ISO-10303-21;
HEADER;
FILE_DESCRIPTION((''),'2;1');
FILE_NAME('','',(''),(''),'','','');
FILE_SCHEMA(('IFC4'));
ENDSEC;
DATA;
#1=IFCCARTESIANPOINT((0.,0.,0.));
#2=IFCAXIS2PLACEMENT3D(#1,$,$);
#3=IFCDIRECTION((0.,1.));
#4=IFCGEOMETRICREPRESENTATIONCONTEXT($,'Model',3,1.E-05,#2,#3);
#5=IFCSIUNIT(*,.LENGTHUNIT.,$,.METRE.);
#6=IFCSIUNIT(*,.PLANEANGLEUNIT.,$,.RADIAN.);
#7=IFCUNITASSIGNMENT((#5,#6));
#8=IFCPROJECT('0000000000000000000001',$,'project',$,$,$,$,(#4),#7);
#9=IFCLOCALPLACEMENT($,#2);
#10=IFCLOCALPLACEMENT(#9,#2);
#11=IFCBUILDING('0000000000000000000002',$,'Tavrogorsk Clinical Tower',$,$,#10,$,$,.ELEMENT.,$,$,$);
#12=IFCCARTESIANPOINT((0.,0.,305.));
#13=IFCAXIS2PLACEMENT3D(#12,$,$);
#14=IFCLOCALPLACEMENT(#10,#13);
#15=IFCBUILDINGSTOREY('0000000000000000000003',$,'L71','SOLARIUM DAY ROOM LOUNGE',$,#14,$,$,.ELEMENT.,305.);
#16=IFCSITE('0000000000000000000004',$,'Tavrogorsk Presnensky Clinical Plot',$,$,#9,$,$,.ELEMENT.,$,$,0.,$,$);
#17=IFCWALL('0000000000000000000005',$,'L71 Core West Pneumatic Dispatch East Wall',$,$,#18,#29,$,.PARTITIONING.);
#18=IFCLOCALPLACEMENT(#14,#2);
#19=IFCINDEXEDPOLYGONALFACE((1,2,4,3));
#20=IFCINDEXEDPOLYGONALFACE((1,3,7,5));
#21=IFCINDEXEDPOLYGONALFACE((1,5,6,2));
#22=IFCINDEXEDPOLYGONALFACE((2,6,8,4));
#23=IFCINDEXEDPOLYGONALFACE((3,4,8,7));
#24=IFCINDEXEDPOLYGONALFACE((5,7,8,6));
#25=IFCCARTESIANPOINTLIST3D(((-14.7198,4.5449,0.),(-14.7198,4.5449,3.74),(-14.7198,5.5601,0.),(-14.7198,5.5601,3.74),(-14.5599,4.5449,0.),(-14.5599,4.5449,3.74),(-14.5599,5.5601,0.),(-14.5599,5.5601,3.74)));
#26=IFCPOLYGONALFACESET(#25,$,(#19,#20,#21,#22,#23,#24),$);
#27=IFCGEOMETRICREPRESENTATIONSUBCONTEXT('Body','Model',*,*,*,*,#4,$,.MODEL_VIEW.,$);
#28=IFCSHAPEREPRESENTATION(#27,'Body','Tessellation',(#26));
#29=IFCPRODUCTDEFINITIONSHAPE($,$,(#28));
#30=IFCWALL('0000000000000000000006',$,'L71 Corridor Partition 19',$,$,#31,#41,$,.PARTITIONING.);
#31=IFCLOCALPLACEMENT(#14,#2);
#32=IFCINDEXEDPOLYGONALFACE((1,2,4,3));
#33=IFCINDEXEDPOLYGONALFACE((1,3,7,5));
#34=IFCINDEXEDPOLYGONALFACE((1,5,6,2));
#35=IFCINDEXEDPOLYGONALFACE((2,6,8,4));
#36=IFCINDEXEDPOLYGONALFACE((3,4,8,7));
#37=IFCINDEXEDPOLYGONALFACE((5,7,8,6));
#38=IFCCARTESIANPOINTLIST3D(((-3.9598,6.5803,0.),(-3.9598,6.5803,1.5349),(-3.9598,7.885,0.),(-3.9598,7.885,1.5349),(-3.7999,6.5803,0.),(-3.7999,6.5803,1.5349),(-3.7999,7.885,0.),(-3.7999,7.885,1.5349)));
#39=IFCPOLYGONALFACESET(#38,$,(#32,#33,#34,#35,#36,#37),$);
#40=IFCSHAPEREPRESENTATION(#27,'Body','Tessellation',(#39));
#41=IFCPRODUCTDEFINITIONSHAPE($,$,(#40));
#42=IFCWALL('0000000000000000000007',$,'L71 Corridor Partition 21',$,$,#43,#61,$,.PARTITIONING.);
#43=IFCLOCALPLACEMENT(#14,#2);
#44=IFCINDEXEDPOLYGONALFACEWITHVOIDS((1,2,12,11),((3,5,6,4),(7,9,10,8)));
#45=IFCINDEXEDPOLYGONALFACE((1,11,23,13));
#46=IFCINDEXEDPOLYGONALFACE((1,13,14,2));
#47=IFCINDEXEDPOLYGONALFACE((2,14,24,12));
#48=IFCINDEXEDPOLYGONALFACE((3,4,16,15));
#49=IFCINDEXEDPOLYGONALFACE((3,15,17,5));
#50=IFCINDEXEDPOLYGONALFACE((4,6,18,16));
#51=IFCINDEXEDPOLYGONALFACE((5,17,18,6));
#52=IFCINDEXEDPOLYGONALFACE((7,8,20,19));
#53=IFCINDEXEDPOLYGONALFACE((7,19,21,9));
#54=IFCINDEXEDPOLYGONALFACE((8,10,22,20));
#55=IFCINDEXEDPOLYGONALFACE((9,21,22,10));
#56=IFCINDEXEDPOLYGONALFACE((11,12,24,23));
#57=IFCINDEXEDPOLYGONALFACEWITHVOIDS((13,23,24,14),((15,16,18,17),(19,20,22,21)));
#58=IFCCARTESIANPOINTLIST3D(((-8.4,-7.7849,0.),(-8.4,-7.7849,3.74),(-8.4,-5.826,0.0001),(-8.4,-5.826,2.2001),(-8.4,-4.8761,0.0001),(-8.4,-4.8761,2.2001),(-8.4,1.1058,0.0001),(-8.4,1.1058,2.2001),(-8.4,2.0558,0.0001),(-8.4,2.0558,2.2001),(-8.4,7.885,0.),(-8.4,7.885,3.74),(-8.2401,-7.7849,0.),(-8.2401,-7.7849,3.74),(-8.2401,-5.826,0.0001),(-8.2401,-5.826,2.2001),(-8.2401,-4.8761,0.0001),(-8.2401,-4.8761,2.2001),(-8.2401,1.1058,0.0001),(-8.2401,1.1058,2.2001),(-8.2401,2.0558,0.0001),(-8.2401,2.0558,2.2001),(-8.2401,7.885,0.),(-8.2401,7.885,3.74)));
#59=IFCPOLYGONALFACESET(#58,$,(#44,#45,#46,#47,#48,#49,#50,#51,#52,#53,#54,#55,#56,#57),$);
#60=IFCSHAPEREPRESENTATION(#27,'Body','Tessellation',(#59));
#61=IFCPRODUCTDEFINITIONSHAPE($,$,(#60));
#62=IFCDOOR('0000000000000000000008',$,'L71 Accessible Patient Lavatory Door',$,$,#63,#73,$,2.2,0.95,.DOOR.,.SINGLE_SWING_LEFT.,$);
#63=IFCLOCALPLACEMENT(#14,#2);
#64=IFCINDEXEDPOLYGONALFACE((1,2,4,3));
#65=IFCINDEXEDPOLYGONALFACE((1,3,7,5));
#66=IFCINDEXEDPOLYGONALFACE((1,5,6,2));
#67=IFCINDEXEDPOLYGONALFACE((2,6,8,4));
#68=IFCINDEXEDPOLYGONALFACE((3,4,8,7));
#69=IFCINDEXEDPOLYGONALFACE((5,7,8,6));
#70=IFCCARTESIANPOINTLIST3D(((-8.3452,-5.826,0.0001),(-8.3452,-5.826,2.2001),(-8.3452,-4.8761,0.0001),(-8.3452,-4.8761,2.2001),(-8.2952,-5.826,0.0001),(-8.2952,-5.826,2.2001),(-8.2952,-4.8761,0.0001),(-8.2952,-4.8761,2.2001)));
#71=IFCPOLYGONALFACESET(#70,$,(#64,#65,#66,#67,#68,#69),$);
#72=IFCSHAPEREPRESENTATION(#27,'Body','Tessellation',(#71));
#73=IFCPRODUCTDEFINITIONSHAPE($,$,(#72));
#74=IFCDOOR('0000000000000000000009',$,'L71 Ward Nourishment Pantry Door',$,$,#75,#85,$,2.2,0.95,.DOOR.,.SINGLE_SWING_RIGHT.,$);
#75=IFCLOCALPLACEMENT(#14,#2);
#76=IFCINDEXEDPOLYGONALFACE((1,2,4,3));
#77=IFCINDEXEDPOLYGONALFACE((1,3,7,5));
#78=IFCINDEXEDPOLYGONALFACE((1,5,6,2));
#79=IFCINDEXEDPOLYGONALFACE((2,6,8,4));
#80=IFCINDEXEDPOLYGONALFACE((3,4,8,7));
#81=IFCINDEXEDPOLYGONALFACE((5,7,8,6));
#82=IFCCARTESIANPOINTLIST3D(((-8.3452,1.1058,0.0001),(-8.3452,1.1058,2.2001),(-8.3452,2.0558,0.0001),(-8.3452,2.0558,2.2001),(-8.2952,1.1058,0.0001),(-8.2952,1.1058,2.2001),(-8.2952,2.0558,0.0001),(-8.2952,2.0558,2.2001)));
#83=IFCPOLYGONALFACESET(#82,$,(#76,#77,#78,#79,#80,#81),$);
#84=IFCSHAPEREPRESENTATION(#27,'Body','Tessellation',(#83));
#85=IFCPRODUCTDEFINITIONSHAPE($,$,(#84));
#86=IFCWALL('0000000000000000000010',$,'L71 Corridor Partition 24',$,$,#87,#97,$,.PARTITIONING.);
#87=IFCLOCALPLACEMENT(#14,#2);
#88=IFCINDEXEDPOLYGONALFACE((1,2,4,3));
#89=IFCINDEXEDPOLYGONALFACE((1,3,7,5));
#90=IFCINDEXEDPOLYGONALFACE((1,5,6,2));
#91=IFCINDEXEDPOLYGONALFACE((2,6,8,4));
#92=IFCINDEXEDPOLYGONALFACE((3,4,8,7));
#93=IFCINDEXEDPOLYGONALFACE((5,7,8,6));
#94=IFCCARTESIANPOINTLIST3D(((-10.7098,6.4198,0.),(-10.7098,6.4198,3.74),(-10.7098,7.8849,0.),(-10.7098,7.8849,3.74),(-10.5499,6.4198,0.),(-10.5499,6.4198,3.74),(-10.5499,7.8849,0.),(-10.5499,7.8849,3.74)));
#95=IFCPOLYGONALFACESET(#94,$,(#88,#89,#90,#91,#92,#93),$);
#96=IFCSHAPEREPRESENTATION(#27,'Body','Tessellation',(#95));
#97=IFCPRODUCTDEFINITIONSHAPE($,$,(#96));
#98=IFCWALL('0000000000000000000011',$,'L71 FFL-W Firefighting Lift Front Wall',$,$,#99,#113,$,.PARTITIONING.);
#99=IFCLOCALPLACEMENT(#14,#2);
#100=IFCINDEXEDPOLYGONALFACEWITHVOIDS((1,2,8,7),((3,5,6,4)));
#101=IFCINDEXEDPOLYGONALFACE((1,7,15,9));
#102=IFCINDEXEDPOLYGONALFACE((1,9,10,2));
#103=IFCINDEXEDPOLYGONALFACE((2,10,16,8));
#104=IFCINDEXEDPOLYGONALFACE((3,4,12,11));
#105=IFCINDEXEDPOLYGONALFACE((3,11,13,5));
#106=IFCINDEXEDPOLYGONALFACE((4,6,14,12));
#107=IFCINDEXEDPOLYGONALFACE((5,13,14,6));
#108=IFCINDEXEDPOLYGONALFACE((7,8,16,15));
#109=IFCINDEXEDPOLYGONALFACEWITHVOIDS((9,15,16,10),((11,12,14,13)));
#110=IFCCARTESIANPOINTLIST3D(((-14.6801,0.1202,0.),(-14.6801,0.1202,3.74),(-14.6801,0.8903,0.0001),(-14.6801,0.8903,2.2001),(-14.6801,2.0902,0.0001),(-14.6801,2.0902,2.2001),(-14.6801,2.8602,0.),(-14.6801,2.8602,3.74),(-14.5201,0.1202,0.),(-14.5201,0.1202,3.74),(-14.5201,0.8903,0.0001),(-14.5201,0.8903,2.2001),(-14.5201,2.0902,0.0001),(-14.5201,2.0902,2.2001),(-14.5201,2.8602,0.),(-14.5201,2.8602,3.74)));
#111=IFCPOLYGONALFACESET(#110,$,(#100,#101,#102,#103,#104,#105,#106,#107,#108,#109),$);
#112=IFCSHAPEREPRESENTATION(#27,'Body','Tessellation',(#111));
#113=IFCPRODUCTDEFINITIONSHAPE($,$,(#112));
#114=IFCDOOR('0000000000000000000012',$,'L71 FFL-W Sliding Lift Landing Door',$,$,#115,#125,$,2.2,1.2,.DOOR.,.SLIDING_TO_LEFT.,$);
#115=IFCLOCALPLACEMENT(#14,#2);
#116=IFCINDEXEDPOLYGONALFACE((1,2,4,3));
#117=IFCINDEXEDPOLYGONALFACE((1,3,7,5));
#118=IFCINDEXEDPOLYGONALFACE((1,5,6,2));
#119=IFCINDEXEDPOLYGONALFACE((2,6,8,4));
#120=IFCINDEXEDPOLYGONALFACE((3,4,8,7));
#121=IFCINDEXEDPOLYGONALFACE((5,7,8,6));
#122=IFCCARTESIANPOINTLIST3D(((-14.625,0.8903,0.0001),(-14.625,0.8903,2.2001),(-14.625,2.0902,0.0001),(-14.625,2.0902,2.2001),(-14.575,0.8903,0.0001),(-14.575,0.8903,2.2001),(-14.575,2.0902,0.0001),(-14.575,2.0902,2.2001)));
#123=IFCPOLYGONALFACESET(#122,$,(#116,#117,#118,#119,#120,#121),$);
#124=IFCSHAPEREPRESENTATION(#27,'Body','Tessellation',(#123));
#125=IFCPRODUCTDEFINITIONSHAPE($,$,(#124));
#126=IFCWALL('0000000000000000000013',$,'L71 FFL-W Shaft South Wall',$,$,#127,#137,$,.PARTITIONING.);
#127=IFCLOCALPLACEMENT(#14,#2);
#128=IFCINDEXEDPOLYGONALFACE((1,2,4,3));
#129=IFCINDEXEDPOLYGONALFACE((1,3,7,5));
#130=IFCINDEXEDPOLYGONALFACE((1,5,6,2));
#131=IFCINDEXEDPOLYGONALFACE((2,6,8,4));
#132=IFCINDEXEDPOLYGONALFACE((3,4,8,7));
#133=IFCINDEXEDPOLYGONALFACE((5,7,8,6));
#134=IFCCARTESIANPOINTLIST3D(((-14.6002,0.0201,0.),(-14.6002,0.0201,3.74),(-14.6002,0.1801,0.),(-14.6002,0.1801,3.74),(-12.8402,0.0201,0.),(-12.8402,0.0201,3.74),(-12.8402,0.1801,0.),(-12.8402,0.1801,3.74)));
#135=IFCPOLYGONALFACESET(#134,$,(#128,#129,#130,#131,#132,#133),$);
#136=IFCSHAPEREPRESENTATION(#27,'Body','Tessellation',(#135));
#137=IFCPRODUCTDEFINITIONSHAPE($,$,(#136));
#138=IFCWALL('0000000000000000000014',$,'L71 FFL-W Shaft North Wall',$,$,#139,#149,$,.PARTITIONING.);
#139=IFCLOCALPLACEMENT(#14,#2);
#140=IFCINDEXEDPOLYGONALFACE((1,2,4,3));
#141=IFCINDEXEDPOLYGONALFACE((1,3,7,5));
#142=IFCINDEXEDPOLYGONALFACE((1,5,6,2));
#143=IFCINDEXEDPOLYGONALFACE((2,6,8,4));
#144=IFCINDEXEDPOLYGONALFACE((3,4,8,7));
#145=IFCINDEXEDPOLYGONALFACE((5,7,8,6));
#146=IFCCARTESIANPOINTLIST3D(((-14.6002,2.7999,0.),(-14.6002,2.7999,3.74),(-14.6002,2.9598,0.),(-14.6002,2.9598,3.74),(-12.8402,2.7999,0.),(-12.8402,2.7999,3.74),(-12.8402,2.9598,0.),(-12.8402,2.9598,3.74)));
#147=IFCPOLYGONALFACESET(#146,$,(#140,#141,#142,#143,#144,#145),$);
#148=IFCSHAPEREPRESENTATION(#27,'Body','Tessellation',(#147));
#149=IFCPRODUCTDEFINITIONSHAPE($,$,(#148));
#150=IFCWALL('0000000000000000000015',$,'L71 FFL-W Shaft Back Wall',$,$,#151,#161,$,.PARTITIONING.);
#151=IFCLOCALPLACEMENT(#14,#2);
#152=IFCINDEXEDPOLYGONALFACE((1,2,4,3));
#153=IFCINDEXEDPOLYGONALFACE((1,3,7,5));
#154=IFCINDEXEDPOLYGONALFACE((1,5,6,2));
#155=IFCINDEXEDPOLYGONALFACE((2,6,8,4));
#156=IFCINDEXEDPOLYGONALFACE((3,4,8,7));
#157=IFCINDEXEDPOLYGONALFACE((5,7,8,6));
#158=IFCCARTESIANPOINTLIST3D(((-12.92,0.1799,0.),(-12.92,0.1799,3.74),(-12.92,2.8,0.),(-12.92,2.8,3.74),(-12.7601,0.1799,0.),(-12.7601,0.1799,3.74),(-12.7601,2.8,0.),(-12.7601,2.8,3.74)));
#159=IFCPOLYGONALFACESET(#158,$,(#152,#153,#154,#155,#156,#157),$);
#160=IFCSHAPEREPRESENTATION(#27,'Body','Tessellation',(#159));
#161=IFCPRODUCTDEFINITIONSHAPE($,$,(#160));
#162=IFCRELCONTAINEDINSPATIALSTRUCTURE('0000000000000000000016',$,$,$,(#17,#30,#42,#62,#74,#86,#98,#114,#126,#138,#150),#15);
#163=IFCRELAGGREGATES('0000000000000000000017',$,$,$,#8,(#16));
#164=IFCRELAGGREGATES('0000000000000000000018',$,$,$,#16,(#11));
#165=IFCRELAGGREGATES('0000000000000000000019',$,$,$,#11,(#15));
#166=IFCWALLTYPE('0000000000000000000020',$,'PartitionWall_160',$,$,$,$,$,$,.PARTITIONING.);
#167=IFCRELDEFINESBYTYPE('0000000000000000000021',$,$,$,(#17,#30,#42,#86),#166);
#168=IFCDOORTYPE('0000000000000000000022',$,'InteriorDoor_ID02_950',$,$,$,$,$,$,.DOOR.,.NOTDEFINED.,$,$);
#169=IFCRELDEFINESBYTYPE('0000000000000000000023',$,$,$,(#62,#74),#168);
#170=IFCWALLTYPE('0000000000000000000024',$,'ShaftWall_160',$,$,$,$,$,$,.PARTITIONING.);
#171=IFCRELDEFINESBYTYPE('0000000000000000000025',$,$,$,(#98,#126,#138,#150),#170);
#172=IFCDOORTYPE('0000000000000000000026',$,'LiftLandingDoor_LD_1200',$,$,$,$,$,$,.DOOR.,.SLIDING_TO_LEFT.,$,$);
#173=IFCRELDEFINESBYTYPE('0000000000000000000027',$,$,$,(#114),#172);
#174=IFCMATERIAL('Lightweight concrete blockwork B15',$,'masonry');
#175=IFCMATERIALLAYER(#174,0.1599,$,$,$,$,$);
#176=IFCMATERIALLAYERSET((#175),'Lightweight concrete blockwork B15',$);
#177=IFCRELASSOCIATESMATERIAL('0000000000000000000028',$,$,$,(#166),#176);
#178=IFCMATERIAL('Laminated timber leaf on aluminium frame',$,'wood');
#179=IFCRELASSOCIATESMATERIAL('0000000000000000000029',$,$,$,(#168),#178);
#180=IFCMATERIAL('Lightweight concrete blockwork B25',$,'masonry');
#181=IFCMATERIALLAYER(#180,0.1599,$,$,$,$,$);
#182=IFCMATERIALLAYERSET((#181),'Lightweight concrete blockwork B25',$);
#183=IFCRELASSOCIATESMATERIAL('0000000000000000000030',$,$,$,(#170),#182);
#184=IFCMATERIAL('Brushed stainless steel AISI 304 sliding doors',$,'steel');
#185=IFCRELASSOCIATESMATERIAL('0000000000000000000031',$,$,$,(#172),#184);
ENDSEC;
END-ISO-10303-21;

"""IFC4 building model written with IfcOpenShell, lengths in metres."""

from ifc_helpers import new_model, si_unit, direction, frame, frame_2d, origin, place, context, subcontext, project, spatial, rectangle, extrude, material, layer, layer_set, type_object, element, fill, save


model = new_model("IFC4")

# Units and contexts
model_context = context("Model", 3, precision=1e-05, world=origin(), true_north=direction((0.0, 1.0)))
body_context = subcontext(model_context, "Body", "Model", "MODEL_VIEW")
ifc_project = project(units=[si_unit("LENGTHUNIT", "METRE"), si_unit("PLANEANGLEUNIT", "RADIAN")], contexts=[model_context])

# Site, building, storey
site_placement = place(None, origin())
site = spatial("IfcSite", under=ifc_project, at=site_placement, Name="Tavrogorsk Presnensky Clinical Plot", CompositionType="ELEMENT", RefElevation=0.0)
building_placement = place(site_placement, origin())
building = spatial("IfcBuilding", under=site, at=building_placement, Name="Tavrogorsk Clinical Tower", CompositionType="ELEMENT")
storey_placement = place(building_placement, frame((0.0, 0.0, 305.0)))
storey = spatial("IfcBuildingStorey", under=building, at=storey_placement, Name="L71", Description="SOLARIUM DAY ROOM LOUNGE", CompositionType="ELEMENT", Elevation=305.0)

# Shared definitions
ifc_material_1 = material(Name="Lightweight concrete blockwork B15", Category="masonry")
ifc_layer_1 = layer(ifc_material_1, 0.1599)
ifc_layer_set_1 = layer_set([ifc_layer_1], Name="Lightweight concrete blockwork B15")
wall_type_1 = type_object("IfcWallType", Name="PartitionWall_160", PredefinedType="PARTITIONING", material=ifc_layer_set_1)
ifc_material_2 = material(Name="Laminated timber leaf on aluminium frame", Category="wood")
door_type_1 = type_object("IfcDoorType", Name="InteriorDoor_ID02_950", OperationType="NOTDEFINED", PredefinedType="DOOR", material=ifc_material_2)

# Walls
wall_1_placement = place(storey_placement, frame((-14.6399, 4.5449, 0.0), z_axis=(0.0, 0.0, 1.0), x_axis=(0.0, 1.0, 0.0)))
element("IfcWall", 1, at=wall_1_placement, inside=storey, type_object=wall_type_1, Name="L71 Core West Pneumatic Dispatch East Wall", PredefinedType="PARTITIONING", context=body_context, shape_type="SweptSolid", body=[
    extrude(rectangle(XDim=1.0151, YDim=0.1599, at=frame_2d((0.5076, 0.0))), origin(), (0.0, 0.0, 1.0), 3.74),
])
wall_2_placement = place(storey_placement, frame((-3.8799, 6.5803, 0.0), z_axis=(0.0, 0.0, 1.0), x_axis=(0.0, 1.0, 0.0)))
element("IfcWall", 2, at=wall_2_placement, inside=storey, type_object=wall_type_1, Name="L71 Corridor Partition 19", PredefinedType="PARTITIONING", context=body_context, shape_type="SweptSolid", body=[
    extrude(rectangle(XDim=1.3047, YDim=0.1599, at=frame_2d((0.6523, 0.0))), origin(), (0.0, 0.0, 1.0), 1.5349),
])

# Wall, openings, doors
wall_3_placement = place(storey_placement, frame((-8.3201, 7.885, 0.0), z_axis=(0.0, 0.0, 1.0), x_axis=(0.0, -1.0, 0.0)))
wall_3 = element("IfcWall", 3, at=wall_3_placement, inside=storey, type_object=wall_type_1, Name="L71 Corridor Partition 21", PredefinedType="PARTITIONING", context=body_context, shape_type="SweptSolid", body=[
    extrude(rectangle(XDim=15.6699, YDim=0.1599, at=frame_2d((7.835, 0.0))), origin(), (0.0, 0.0, 1.0), 3.74),
])
opening_1_placement = place(wall_3_placement, frame((12.761, 0.0, 0.0)))
opening_1 = element("IfcOpeningElement", 4, at=opening_1_placement, cuts=wall_3, PredefinedType="OPENING", context=body_context, shape_type="SweptSolid", body=[
    extrude(rectangle(XDim=0.95, YDim=2.2, at=frame_2d((0.4751, 1.1001))), frame((0.0, 0.0898, 0.0), z_axis=(0.0, -1.0, 0.0), x_axis=(1.0, 0.0, 0.0)), (0.0, 0.0, 1.0), 0.1799),
])
opening_2_placement = place(wall_3_placement, frame((5.8291, 0.0, 0.0)))
opening_2 = element("IfcOpeningElement", 5, at=opening_2_placement, cuts=wall_3, PredefinedType="OPENING", context=body_context, shape_type="SweptSolid", body=[
    extrude(rectangle(XDim=0.95, YDim=2.2, at=frame_2d((0.4751, 1.1001))), frame((0.0, 0.0898, 0.0), z_axis=(0.0, -1.0, 0.0), x_axis=(1.0, 0.0, 0.0)), (0.0, 0.0, 1.0), 0.1799),
])
door_1_placement = place(opening_1_placement, origin())
door_1 = element("IfcDoor", 6, at=door_1_placement, inside=storey, type_object=door_type_1, Name="L71 Accessible Patient Lavatory Door", OperationType="SINGLE_SWING_LEFT", OverallHeight=2.2, OverallWidth=0.95, PredefinedType="DOOR", context=body_context, shape_type="SweptSolid", body=[
    extrude(rectangle(XDim=0.95, YDim=2.2, at=frame_2d((0.4751, 1.1001))), frame((0.0, 0.0249, 0.0), z_axis=(0.0, -1.0, 0.0), x_axis=(1.0, 0.0, 0.0)), (0.0, 0.0, 1.0), 0.05),
])
fill(opening_1, door_1)
door_2_placement = place(opening_2_placement, origin())
door_2 = element("IfcDoor", 7, at=door_2_placement, inside=storey, type_object=door_type_1, Name="L71 Ward Nourishment Pantry Door", OperationType="SINGLE_SWING_RIGHT", OverallHeight=2.2, OverallWidth=0.95, PredefinedType="DOOR", context=body_context, shape_type="SweptSolid", body=[
    extrude(rectangle(XDim=0.95, YDim=2.2, at=frame_2d((0.4751, 1.1001))), frame((0.0, 0.0249, 0.0), z_axis=(0.0, -1.0, 0.0), x_axis=(1.0, 0.0, 0.0)), (0.0, 0.0, 1.0), 0.05),
])
fill(opening_2, door_2)

# Wall
wall_4_placement = place(storey_placement, frame((-10.6299, 6.4199, 0.0), z_axis=(0.0, 0.0, 1.0), x_axis=(0.0, 1.0, 0.0)))
element("IfcWall", 8, at=wall_4_placement, inside=storey, type_object=wall_type_1, Name="L71 Corridor Partition 24", PredefinedType="PARTITIONING", context=body_context, shape_type="SweptSolid", body=[
    extrude(rectangle(XDim=1.4651, YDim=0.1599, at=frame_2d((0.7324, 0.0))), origin(), (0.0, 0.0, 1.0), 3.74),
])

# Wall, opening, door
ifc_material_3 = material(Name="Lightweight concrete blockwork B25", Category="masonry")
ifc_layer_2 = layer(ifc_material_3, 0.1599)
ifc_layer_set_2 = layer_set([ifc_layer_2], Name="Lightweight concrete blockwork B25")
wall_type_2 = type_object("IfcWallType", Name="ShaftWall_160", PredefinedType="PARTITIONING", material=ifc_layer_set_2)
wall_5_placement = place(storey_placement, frame((-14.6001, 0.1201, 0.0), z_axis=(0.0, 0.0, 1.0), x_axis=(0.0, 1.0, 0.0)))
wall_5 = element("IfcWall", 9, at=wall_5_placement, inside=storey, type_object=wall_type_2, Name="L71 FFL-W Firefighting Lift Front Wall", PredefinedType="PARTITIONING", context=body_context, shape_type="SweptSolid", body=[
    extrude(rectangle(XDim=2.74, YDim=0.1599, at=frame_2d((1.3701, 0.0))), origin(), (0.0, 0.0, 1.0), 3.74),
])
opening_3_placement = place(wall_5_placement, frame((0.77, 0.0, 0.0)))
opening_3 = element("IfcOpeningElement", 10, at=opening_3_placement, cuts=wall_5, PredefinedType="OPENING", context=body_context, shape_type="SweptSolid", body=[
    extrude(rectangle(XDim=1.2, YDim=2.2, at=frame_2d((0.6001, 1.1001))), frame((0.0, 0.0898, 0.0), z_axis=(0.0, -1.0, 0.0), x_axis=(1.0, 0.0, 0.0)), (0.0, 0.0, 1.0), 0.1799),
])
ifc_material_4 = material(Name="Brushed stainless steel AISI 304 sliding doors", Category="steel")
door_type_2 = type_object("IfcDoorType", Name="LiftLandingDoor_LD_1200", OperationType="SLIDING_TO_LEFT", PredefinedType="DOOR", material=ifc_material_4)
door_3_placement = place(opening_3_placement, origin())
door_3 = element("IfcDoor", 11, at=door_3_placement, inside=storey, type_object=door_type_2, Name="L71 FFL-W Sliding Lift Landing Door", OperationType="SLIDING_TO_LEFT", OverallHeight=2.2, OverallWidth=1.2, PredefinedType="DOOR", context=body_context, shape_type="SweptSolid", body=[
    extrude(rectangle(XDim=1.2, YDim=2.2, at=frame_2d((0.6001, 1.1001))), frame((0.0, 0.0249, 0.0), z_axis=(0.0, -1.0, 0.0), x_axis=(1.0, 0.0, 0.0)), (0.0, 0.0, 1.0), 0.05),
])
fill(opening_3, door_3)

# Walls
for number, where, z_axis, x_axis, name in (
    (12, (-14.6001, 0.1001, 0.0), (0.0, 0.0, 1.0), (1.0, 0.0, 0.0), "L71 FFL-W Shaft South Wall"),
    (13, (-14.6001, 2.8799, 0.0), (0.0, 0.0, 1.0), (1.0, 0.0, 0.0), "L71 FFL-W Shaft North Wall"),
):
    element("IfcWall", number, at=place(storey_placement, frame(where, z_axis=z_axis, x_axis=x_axis)), inside=storey, type_object=wall_type_2, Name=name, PredefinedType="PARTITIONING", context=body_context, shape_type="SweptSolid", body=[
        extrude(rectangle(XDim=1.76, YDim=0.1599, at=frame_2d((0.8799, 0.0))), origin(), (0.0, 0.0, 1.0), 3.74),
    ])
wall_6_placement = place(storey_placement, frame((-12.8401, 0.1799, 0.0), z_axis=(0.0, 0.0, 1.0), x_axis=(0.0, 1.0, 0.0)))
element("IfcWall", 14, at=wall_6_placement, inside=storey, type_object=wall_type_2, Name="L71 FFL-W Shaft Back Wall", PredefinedType="PARTITIONING", context=body_context, shape_type="SweptSolid", body=[
    extrude(rectangle(XDim=2.6201, YDim=0.1599, at=frame_2d((1.3101, 0.0))), origin(), (0.0, 0.0, 1.0), 3.74),
])

save(model, "model.ifc")
